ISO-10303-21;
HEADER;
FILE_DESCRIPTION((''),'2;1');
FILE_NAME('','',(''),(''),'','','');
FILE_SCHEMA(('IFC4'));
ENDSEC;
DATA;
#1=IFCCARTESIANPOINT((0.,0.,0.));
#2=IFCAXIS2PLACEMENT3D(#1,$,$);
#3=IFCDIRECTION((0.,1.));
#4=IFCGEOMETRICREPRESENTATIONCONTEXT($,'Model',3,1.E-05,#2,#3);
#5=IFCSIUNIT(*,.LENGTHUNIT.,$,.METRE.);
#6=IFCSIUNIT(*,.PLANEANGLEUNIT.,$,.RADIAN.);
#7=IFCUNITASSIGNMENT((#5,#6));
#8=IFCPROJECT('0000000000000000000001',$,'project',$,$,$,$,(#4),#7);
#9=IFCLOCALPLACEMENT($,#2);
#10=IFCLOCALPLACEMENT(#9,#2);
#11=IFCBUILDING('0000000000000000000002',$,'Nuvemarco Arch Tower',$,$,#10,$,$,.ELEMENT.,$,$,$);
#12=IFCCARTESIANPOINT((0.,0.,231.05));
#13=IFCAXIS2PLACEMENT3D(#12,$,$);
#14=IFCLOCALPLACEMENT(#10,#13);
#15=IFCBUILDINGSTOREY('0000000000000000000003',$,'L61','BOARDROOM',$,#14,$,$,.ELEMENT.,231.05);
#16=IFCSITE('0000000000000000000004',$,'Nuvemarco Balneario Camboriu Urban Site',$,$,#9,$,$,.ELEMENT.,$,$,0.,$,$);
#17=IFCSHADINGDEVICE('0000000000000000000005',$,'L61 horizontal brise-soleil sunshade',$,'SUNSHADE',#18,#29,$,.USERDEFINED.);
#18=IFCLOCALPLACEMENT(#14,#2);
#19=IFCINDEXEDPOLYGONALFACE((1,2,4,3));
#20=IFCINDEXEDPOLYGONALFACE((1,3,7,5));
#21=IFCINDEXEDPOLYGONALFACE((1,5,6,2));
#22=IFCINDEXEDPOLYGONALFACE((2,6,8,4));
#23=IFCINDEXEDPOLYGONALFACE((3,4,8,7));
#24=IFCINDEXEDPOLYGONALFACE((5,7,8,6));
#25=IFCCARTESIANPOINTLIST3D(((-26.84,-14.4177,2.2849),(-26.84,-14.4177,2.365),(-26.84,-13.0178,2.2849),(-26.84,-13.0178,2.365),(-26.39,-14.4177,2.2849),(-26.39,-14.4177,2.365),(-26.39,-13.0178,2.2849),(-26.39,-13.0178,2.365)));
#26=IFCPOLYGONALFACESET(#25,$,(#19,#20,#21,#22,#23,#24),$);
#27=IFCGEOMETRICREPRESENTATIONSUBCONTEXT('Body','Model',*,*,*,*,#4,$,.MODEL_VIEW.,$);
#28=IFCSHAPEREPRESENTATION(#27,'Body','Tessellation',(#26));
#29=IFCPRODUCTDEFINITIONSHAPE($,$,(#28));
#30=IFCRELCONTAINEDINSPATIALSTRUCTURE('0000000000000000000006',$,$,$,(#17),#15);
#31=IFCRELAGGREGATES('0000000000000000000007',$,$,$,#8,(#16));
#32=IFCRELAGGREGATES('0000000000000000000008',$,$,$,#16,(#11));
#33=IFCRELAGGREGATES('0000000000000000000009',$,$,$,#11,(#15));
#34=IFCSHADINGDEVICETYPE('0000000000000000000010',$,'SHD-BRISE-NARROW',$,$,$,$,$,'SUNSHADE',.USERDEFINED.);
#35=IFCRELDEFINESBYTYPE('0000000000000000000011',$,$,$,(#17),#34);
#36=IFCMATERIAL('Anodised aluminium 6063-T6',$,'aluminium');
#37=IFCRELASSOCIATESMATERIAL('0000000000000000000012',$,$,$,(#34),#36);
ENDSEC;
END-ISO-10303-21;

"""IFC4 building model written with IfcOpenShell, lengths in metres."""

from ifc_helpers import new_model, si_unit, direction, frame, origin, origin_2d, place, context, subcontext, project, spatial, rectangle, extrude, source, transform, mapped, material, type_object, type_shapes, element, save


model = new_model("IFC4")

# Units and contexts
model_context = context("Model", 3, precision=1e-05, world=origin(), true_north=direction((0.0, 1.0)))
body_context = subcontext(model_context, "Body", "Model", "MODEL_VIEW")
ifc_project = project(units=[si_unit("LENGTHUNIT", "METRE"), si_unit("PLANEANGLEUNIT", "RADIAN")], contexts=[model_context])

# Site, building, storey
site_placement = place(None, origin())
site = spatial("IfcSite", under=ifc_project, at=site_placement, Name="Nuvemarco Balneario Camboriu Urban Site", CompositionType="ELEMENT", RefElevation=0.0)
building_placement = place(site_placement, origin())
building = spatial("IfcBuilding", under=site, at=building_placement, Name="Nuvemarco Arch Tower", CompositionType="ELEMENT")
storey_placement = place(building_placement, frame((0.0, 0.0, 231.05)))
storey = spatial("IfcBuildingStorey", under=building, at=storey_placement, Name="L61", Description="BOARDROOM", CompositionType="ELEMENT", Elevation=231.05)

# Shading device
ifc_material_1 = material(Name="Anodised aluminium 6063-T6", Category="aluminium")
shading_device_type = type_object("IfcShadingDeviceType", Name="SHD-BRISE-NARROW", ElementType="SUNSHADE", PredefinedType="USERDEFINED", material=ifc_material_1)
shared_shape_1 = source(origin(), body_context, "Body", "SweptSolid", [
    extrude(rectangle(XDim=1.3999, YDim=0.45, at=origin_2d()), origin(), (0.0, 0.0, 1.0), 0.0801),
])
type_shapes(shading_device_type, [shared_shape_1])
shading_device_placement = place(storey_placement, frame((-26.615, -13.7178, 2.2849), z_axis=(0.0, 0.0, 1.0), x_axis=(0.0, 1.0, 0.0)))
element("IfcShadingDevice", 1, at=shading_device_placement, inside=storey, type_object=shading_device_type, Name="L61 horizontal brise-soleil sunshade", ObjectType="SUNSHADE", PredefinedType="USERDEFINED", context=body_context, shape_type="MappedRepresentation", body=[
    mapped(shared_shape_1, transform((0.0, 0.0, 0.0), scale=1.0)),
])

save(model, "model.ifc")
